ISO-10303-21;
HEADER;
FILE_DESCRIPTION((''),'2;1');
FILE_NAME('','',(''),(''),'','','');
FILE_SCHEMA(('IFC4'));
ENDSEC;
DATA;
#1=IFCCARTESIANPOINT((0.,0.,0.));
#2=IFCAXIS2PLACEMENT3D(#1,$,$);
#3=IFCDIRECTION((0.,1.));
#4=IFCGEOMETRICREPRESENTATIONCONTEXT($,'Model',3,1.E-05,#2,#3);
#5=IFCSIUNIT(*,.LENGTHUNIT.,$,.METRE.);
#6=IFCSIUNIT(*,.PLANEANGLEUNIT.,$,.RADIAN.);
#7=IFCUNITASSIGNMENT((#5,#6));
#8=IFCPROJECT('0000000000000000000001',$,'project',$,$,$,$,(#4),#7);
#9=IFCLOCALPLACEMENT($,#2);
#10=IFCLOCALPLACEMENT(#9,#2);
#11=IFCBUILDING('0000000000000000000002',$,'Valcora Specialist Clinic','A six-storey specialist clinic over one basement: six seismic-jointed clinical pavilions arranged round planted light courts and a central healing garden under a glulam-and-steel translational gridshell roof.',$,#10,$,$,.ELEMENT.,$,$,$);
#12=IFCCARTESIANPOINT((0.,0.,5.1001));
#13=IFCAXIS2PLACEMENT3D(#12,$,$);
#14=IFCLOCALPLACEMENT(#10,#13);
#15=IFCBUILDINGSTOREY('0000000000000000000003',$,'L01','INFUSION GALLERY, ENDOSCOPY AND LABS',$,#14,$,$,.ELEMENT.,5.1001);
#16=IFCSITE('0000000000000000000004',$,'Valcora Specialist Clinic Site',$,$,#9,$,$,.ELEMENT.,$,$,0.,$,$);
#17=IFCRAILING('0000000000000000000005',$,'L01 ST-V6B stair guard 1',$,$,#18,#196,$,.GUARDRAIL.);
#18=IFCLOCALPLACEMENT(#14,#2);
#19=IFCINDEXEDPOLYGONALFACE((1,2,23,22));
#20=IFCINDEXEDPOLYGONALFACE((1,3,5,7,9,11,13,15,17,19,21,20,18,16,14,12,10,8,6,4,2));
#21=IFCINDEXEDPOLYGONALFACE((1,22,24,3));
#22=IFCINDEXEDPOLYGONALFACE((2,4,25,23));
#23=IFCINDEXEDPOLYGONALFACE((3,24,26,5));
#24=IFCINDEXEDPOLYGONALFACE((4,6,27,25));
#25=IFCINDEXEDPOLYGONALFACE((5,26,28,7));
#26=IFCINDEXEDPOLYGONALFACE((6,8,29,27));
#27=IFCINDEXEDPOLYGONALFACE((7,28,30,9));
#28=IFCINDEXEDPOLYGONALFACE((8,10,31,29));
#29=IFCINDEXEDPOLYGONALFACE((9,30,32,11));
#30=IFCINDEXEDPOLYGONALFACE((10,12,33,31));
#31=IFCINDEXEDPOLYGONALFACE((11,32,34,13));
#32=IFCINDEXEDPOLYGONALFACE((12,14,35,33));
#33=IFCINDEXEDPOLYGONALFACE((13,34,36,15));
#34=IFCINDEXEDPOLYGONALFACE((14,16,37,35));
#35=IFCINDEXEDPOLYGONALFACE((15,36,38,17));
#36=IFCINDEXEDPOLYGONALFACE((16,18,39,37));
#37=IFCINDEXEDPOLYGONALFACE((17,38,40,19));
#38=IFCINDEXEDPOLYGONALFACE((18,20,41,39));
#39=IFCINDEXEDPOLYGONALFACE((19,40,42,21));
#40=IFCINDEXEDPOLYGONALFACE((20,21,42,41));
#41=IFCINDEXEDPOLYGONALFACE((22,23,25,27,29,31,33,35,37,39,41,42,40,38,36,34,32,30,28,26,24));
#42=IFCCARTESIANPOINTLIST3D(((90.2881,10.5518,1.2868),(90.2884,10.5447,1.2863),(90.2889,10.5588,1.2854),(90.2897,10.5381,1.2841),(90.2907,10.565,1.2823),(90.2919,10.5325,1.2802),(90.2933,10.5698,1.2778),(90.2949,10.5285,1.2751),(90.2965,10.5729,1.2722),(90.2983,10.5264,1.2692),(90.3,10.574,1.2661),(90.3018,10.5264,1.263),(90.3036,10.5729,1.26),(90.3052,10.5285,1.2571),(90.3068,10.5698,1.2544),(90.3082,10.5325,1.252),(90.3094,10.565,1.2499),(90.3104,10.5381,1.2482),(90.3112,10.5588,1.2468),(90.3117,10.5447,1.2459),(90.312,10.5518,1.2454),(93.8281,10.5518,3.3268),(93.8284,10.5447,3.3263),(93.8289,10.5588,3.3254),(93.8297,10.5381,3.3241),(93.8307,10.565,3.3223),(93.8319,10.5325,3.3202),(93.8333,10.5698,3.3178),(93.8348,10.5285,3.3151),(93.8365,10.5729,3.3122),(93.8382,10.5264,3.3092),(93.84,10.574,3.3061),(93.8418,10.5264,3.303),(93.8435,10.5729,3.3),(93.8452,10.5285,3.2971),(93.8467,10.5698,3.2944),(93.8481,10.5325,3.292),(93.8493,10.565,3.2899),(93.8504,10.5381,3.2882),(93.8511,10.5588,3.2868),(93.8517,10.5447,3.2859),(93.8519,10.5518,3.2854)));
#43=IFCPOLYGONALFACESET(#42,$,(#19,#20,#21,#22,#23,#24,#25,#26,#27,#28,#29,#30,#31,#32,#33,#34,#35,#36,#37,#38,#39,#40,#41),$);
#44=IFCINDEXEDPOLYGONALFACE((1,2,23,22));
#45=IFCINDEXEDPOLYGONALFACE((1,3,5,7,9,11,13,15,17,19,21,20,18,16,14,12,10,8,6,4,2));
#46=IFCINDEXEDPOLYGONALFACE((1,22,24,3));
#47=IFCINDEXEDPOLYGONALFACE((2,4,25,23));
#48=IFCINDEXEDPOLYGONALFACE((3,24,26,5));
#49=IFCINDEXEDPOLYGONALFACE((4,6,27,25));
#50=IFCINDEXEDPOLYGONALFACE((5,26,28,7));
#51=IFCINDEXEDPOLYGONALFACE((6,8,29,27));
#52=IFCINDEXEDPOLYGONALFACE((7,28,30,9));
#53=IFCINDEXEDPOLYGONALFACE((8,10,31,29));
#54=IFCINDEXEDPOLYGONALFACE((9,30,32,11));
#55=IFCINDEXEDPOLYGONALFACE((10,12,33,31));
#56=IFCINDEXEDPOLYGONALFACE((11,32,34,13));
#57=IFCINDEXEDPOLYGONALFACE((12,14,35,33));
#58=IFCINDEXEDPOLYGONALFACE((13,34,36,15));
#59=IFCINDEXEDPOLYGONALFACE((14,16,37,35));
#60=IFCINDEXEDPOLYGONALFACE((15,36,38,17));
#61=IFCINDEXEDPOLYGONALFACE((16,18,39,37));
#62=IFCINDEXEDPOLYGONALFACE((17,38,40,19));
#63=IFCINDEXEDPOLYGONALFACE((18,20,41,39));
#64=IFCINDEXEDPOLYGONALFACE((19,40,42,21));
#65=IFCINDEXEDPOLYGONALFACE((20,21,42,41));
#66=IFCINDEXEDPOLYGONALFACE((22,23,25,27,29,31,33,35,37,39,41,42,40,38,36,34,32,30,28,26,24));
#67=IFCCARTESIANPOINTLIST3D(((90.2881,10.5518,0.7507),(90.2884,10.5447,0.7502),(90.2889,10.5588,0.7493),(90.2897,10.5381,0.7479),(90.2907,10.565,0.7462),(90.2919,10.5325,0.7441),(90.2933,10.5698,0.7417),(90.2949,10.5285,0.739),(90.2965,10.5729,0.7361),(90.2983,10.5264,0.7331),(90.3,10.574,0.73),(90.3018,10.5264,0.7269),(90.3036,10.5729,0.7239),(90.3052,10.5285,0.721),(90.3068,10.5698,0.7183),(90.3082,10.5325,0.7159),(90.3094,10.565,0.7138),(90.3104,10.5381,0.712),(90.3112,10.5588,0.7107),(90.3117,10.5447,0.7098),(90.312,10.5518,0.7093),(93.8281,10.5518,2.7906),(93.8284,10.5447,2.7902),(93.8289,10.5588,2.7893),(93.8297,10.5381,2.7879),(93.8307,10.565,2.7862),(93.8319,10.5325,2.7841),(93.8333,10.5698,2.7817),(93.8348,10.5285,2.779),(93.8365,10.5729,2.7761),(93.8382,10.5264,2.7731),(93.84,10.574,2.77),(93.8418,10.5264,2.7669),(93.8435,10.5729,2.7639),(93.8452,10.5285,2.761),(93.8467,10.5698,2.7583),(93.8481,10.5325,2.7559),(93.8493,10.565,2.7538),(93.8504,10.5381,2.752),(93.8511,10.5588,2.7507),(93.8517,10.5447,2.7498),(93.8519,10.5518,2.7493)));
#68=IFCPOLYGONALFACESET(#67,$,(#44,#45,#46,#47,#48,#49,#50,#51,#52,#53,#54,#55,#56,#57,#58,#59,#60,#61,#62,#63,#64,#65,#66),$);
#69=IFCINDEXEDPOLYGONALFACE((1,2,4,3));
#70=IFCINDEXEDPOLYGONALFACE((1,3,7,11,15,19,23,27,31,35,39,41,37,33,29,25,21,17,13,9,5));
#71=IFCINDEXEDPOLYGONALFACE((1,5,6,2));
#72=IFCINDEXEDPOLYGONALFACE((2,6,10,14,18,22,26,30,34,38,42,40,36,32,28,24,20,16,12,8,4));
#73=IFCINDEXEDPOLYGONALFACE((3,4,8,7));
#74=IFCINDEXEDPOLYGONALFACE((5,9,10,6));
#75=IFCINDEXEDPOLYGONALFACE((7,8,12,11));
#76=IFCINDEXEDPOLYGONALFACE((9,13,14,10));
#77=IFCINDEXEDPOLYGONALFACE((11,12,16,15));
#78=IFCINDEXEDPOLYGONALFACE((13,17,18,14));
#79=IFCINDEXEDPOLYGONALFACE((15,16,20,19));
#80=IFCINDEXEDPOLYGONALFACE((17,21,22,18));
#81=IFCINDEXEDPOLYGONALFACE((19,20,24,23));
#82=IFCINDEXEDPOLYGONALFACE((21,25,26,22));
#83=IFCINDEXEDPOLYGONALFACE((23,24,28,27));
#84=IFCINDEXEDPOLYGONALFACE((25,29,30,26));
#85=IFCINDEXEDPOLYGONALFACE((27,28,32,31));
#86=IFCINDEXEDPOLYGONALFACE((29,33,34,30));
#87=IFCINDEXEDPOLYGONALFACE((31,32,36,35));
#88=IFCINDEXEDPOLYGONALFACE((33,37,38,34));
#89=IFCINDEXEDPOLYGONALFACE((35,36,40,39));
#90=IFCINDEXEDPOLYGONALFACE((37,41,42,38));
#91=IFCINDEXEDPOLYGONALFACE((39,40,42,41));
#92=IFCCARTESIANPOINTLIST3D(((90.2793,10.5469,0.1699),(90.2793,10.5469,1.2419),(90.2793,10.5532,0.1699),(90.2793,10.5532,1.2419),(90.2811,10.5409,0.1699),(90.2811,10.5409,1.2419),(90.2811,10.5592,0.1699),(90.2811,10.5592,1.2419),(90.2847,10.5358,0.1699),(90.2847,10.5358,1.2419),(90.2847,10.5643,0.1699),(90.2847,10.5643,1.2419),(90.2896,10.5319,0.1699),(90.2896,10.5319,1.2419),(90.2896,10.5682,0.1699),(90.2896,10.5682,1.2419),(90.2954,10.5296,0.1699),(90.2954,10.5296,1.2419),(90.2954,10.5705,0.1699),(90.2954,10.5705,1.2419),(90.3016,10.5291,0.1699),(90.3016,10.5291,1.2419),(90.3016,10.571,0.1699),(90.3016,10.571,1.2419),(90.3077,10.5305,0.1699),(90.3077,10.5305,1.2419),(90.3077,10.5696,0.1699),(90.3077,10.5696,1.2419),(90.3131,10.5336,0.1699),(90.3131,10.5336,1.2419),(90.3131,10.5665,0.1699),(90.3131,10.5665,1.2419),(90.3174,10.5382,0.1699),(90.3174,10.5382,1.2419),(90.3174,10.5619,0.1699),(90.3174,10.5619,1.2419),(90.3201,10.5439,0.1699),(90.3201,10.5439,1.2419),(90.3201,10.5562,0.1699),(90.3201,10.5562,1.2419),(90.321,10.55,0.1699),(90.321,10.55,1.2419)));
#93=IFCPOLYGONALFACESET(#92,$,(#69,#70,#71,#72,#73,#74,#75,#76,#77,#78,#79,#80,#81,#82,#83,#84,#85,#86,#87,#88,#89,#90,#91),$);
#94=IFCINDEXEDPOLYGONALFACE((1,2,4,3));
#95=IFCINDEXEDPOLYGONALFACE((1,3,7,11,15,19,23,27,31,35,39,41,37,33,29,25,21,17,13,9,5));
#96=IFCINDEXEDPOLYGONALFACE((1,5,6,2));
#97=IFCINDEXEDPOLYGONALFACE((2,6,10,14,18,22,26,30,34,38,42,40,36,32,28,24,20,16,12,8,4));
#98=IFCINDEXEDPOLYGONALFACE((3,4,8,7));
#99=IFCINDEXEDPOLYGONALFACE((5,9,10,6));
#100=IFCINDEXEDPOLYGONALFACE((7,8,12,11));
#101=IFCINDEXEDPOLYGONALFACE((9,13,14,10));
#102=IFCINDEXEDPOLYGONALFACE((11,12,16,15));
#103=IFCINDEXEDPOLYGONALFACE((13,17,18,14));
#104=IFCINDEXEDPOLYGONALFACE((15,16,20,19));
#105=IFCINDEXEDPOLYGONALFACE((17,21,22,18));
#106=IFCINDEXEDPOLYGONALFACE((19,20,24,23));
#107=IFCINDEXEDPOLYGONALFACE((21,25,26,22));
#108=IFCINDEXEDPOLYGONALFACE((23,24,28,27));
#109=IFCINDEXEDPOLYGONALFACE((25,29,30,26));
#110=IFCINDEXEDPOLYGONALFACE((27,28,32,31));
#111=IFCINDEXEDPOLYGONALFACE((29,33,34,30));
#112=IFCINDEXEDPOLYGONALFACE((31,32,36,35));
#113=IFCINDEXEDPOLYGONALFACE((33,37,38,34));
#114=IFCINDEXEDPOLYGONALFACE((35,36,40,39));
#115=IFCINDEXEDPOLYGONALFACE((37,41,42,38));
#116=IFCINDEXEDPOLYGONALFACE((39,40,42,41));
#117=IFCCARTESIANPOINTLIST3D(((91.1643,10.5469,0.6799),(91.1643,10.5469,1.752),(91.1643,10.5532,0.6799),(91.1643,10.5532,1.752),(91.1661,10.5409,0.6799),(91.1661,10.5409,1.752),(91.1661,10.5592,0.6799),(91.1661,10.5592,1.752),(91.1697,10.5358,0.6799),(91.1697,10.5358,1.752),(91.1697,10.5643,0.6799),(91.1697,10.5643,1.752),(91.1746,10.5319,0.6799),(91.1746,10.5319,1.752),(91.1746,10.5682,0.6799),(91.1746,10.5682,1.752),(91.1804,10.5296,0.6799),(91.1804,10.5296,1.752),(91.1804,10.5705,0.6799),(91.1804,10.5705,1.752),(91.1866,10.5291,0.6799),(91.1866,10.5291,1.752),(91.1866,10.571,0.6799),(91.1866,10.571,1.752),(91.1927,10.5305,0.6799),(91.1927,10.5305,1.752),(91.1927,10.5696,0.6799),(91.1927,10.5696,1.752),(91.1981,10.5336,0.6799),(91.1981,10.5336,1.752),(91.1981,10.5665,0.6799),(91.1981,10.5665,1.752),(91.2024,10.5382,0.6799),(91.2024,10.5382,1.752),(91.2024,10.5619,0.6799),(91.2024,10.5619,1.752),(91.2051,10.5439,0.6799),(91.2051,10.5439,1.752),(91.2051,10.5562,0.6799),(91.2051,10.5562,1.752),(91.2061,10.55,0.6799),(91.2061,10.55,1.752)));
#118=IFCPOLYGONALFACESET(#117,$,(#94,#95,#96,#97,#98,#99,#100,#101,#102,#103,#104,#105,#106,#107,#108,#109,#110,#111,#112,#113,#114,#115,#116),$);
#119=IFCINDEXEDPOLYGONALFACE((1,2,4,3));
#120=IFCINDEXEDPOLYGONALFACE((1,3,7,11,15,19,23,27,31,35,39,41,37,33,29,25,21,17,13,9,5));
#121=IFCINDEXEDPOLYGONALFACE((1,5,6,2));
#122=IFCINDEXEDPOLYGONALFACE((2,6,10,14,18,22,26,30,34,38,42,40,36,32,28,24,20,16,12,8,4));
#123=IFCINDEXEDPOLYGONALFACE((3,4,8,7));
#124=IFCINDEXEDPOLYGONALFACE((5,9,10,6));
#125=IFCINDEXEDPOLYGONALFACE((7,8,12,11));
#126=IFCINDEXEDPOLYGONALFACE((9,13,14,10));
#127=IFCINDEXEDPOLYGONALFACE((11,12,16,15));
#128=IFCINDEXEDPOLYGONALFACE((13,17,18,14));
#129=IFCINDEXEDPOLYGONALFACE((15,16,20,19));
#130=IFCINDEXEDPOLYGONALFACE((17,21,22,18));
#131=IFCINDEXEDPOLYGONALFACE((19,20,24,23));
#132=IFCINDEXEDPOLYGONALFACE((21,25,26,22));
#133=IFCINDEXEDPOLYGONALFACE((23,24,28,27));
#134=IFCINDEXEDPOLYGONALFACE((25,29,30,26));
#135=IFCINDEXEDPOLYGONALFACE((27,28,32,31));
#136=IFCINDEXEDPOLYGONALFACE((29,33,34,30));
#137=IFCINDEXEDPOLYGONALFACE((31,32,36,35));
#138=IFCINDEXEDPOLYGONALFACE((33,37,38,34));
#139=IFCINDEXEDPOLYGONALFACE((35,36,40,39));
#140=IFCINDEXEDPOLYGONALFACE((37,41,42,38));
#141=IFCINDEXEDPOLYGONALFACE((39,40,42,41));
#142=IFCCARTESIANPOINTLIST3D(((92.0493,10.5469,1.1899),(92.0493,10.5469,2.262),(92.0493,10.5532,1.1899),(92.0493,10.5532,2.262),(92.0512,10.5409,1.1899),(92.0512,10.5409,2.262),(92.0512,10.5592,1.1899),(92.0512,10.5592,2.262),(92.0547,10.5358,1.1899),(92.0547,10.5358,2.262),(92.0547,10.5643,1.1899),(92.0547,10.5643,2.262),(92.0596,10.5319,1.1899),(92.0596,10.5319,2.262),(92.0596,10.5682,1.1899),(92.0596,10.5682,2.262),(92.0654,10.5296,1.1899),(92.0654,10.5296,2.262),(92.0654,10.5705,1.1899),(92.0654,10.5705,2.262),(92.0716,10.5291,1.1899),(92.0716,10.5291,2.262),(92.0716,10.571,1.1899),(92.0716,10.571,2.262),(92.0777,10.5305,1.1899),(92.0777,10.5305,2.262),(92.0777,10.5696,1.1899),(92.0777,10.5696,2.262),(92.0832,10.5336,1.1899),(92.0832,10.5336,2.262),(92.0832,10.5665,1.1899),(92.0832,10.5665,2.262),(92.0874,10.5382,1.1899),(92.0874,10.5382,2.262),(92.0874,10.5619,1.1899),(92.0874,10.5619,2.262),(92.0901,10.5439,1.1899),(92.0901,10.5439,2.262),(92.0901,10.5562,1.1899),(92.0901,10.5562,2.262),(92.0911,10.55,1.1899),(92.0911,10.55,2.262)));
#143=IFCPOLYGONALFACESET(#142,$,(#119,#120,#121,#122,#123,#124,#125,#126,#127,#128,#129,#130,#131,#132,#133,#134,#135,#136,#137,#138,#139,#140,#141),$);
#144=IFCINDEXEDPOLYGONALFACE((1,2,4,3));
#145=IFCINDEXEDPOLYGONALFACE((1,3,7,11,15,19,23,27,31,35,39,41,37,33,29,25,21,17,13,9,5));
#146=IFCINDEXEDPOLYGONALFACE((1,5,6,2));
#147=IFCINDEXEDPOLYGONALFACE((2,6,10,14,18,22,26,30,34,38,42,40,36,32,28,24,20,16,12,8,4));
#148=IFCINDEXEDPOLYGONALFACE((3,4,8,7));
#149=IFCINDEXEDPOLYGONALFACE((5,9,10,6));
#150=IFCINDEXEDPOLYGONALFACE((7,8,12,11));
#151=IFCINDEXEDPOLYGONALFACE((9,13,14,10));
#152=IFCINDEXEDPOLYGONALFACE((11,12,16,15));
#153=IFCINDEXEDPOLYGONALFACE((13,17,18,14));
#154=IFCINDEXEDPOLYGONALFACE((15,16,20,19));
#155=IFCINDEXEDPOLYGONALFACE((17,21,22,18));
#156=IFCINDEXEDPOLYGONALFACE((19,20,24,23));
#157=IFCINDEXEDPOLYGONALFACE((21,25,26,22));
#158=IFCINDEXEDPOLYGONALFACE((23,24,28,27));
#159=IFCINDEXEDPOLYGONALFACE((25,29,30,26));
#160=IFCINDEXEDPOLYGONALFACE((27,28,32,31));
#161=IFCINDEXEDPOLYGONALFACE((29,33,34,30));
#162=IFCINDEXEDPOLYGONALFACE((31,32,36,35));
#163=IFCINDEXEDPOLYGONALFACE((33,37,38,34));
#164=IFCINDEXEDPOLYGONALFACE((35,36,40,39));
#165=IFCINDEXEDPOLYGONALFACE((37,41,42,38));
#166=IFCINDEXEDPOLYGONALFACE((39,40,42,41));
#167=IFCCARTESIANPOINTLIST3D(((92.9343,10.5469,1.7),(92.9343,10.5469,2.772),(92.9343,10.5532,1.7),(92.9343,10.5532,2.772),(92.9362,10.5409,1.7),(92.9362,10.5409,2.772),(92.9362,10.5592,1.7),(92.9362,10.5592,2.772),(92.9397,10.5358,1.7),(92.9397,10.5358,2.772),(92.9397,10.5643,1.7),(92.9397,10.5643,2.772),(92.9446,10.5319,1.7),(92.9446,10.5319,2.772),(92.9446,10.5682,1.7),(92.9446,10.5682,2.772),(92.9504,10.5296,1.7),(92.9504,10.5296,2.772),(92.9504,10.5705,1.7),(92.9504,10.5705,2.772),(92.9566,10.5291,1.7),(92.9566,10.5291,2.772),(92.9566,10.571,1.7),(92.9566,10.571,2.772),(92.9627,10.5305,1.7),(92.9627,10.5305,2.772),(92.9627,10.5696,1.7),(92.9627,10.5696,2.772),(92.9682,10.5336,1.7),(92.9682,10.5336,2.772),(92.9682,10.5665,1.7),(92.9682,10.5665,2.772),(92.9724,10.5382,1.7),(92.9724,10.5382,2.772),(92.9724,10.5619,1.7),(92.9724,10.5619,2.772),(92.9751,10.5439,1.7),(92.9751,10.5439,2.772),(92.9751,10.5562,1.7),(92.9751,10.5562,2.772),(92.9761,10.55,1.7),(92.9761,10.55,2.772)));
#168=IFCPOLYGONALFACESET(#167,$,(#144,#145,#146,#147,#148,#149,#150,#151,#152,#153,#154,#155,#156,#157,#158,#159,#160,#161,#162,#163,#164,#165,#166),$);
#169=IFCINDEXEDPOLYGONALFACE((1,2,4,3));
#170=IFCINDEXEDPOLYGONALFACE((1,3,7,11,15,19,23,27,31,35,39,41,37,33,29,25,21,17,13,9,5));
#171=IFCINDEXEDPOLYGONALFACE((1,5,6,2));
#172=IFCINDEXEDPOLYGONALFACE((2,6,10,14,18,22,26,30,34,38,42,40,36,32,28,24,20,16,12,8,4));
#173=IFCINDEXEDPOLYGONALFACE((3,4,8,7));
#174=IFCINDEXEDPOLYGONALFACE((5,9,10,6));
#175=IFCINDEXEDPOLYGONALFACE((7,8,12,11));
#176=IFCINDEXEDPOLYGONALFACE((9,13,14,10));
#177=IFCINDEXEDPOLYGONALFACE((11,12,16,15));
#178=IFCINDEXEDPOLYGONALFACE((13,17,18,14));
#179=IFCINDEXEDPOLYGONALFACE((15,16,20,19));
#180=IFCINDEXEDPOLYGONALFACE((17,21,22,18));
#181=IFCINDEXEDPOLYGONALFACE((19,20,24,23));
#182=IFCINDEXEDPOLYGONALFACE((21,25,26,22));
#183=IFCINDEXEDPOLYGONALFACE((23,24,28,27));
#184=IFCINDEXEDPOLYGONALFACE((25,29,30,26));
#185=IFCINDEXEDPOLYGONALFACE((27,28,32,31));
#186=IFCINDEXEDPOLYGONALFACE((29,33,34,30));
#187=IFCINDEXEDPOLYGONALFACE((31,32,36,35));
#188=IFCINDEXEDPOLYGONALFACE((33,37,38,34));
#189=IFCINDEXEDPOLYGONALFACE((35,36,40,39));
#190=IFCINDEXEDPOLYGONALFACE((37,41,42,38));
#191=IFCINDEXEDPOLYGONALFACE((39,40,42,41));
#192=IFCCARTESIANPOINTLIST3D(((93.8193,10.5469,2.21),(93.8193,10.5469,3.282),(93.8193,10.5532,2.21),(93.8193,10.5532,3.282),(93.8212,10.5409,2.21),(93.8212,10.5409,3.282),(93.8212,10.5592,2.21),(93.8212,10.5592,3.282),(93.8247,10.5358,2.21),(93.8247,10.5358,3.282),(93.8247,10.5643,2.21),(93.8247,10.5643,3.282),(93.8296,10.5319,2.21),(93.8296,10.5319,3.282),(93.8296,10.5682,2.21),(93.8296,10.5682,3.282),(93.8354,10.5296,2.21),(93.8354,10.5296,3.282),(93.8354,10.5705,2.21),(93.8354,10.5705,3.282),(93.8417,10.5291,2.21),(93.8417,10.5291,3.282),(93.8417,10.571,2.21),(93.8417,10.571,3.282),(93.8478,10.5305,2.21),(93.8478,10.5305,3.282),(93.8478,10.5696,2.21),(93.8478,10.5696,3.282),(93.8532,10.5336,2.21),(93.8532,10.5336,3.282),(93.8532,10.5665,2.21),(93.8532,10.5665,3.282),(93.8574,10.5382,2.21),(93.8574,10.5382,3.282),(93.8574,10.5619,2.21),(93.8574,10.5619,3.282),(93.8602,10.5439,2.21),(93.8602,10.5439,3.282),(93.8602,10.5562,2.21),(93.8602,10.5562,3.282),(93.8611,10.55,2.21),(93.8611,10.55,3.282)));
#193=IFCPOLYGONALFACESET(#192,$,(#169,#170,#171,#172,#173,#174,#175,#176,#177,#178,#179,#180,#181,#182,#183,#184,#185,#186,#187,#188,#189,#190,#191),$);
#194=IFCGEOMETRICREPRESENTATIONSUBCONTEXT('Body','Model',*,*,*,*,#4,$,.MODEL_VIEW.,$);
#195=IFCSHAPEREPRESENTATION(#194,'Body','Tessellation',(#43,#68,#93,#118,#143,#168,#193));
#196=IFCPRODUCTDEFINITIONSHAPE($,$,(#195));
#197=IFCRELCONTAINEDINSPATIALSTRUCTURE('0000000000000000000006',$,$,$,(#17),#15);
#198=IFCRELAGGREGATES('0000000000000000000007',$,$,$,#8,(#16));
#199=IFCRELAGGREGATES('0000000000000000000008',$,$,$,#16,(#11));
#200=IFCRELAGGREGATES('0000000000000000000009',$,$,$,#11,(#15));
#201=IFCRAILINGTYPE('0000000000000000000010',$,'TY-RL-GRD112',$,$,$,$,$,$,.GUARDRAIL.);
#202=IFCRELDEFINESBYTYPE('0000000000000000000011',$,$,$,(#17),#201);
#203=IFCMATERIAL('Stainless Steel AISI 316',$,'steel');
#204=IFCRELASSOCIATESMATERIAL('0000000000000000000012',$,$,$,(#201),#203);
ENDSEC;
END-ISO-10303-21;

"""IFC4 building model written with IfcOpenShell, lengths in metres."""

from ifc_helpers import new_model, si_unit, direction, frame, origin, origin_2d, place, context, subcontext, project, spatial, circle, extrude, material, type_object, element, save


model = new_model("IFC4")

# Units and contexts
model_context = context("Model", 3, precision=1e-05, world=origin(), true_north=direction((0.0, 1.0)))
body_context = subcontext(model_context, "Body", "Model", "MODEL_VIEW")
ifc_project = project(units=[si_unit("LENGTHUNIT", "METRE"), si_unit("PLANEANGLEUNIT", "RADIAN")], contexts=[model_context])

# Site, building, storey
site_placement = place(None, origin())
site = spatial("IfcSite", under=ifc_project, at=site_placement, Name="Valcora Specialist Clinic Site", CompositionType="ELEMENT", RefElevation=0.0)
building_placement = place(site_placement, origin())
building = spatial("IfcBuilding", under=site, at=building_placement, Name="Valcora Specialist Clinic", Description="A six-storey specialist clinic over one basement: six seismic-jointed clinical pavilions arranged round planted light courts and a central healing garden under a glulam-and-steel translational gridshell roof.", CompositionType="ELEMENT")
storey_placement = place(building_placement, frame((0.0, 0.0, 5.1001)))
storey = spatial("IfcBuildingStorey", under=building, at=storey_placement, Name="L01", Description="INFUSION GALLERY, ENDOSCOPY AND LABS", CompositionType="ELEMENT", Elevation=5.1001)

# Shared definitions
ifc_material_1 = material(Name="Stainless Steel AISI 316", Category="steel")

# Railing
railing_type_1 = type_object("IfcRailingType", Name="TY-RL-GRD112", PredefinedType="GUARDRAIL", material=ifc_material_1)
railing_1_placement = place(storey_placement, frame((90.3, 10.55, 0.1699)))
element("IfcRailing", 1, at=railing_1_placement, inside=storey, type_object=railing_type_1, Name="L01 ST-V6B stair guard 1", PredefinedType="GUARDRAIL", context=body_context, shape_type="SweptSolid", body=[
    extrude(circle(Radius=0.0239, at=origin_2d()), frame((0.0, 0.0, 1.0962), z_axis=(0.866428, 0.0, 0.499302), x_axis=(0.0, 1.0, 0.0)), (0.0, 0.0, 1.0), 4.0857),
    extrude(circle(Radius=0.0239, at=origin_2d()), frame((0.0, 0.0, 0.5601), z_axis=(0.866428, 0.0, 0.499302), x_axis=(0.0, 1.0, 0.0)), (0.0, 0.0, 1.0), 4.0857),
    extrude(circle(Radius=0.021, at=origin_2d()), origin(), (0.0, 0.0, 1.0), 1.072),
    extrude(circle(Radius=0.021, at=origin_2d()), frame((0.885, 0.0, 0.51)), (0.0, 0.0, 1.0), 1.072),
    extrude(circle(Radius=0.021, at=origin_2d()), frame((1.77, 0.0, 1.02)), (0.0, 0.0, 1.0), 1.072),
    extrude(circle(Radius=0.021, at=origin_2d()), frame((2.655, 0.0, 1.53)), (0.0, 0.0, 1.0), 1.072),
    extrude(circle(Radius=0.021, at=origin_2d()), frame((3.54, 0.0, 2.04)), (0.0, 0.0, 1.0), 1.072),
])

save(model, "model.ifc")
